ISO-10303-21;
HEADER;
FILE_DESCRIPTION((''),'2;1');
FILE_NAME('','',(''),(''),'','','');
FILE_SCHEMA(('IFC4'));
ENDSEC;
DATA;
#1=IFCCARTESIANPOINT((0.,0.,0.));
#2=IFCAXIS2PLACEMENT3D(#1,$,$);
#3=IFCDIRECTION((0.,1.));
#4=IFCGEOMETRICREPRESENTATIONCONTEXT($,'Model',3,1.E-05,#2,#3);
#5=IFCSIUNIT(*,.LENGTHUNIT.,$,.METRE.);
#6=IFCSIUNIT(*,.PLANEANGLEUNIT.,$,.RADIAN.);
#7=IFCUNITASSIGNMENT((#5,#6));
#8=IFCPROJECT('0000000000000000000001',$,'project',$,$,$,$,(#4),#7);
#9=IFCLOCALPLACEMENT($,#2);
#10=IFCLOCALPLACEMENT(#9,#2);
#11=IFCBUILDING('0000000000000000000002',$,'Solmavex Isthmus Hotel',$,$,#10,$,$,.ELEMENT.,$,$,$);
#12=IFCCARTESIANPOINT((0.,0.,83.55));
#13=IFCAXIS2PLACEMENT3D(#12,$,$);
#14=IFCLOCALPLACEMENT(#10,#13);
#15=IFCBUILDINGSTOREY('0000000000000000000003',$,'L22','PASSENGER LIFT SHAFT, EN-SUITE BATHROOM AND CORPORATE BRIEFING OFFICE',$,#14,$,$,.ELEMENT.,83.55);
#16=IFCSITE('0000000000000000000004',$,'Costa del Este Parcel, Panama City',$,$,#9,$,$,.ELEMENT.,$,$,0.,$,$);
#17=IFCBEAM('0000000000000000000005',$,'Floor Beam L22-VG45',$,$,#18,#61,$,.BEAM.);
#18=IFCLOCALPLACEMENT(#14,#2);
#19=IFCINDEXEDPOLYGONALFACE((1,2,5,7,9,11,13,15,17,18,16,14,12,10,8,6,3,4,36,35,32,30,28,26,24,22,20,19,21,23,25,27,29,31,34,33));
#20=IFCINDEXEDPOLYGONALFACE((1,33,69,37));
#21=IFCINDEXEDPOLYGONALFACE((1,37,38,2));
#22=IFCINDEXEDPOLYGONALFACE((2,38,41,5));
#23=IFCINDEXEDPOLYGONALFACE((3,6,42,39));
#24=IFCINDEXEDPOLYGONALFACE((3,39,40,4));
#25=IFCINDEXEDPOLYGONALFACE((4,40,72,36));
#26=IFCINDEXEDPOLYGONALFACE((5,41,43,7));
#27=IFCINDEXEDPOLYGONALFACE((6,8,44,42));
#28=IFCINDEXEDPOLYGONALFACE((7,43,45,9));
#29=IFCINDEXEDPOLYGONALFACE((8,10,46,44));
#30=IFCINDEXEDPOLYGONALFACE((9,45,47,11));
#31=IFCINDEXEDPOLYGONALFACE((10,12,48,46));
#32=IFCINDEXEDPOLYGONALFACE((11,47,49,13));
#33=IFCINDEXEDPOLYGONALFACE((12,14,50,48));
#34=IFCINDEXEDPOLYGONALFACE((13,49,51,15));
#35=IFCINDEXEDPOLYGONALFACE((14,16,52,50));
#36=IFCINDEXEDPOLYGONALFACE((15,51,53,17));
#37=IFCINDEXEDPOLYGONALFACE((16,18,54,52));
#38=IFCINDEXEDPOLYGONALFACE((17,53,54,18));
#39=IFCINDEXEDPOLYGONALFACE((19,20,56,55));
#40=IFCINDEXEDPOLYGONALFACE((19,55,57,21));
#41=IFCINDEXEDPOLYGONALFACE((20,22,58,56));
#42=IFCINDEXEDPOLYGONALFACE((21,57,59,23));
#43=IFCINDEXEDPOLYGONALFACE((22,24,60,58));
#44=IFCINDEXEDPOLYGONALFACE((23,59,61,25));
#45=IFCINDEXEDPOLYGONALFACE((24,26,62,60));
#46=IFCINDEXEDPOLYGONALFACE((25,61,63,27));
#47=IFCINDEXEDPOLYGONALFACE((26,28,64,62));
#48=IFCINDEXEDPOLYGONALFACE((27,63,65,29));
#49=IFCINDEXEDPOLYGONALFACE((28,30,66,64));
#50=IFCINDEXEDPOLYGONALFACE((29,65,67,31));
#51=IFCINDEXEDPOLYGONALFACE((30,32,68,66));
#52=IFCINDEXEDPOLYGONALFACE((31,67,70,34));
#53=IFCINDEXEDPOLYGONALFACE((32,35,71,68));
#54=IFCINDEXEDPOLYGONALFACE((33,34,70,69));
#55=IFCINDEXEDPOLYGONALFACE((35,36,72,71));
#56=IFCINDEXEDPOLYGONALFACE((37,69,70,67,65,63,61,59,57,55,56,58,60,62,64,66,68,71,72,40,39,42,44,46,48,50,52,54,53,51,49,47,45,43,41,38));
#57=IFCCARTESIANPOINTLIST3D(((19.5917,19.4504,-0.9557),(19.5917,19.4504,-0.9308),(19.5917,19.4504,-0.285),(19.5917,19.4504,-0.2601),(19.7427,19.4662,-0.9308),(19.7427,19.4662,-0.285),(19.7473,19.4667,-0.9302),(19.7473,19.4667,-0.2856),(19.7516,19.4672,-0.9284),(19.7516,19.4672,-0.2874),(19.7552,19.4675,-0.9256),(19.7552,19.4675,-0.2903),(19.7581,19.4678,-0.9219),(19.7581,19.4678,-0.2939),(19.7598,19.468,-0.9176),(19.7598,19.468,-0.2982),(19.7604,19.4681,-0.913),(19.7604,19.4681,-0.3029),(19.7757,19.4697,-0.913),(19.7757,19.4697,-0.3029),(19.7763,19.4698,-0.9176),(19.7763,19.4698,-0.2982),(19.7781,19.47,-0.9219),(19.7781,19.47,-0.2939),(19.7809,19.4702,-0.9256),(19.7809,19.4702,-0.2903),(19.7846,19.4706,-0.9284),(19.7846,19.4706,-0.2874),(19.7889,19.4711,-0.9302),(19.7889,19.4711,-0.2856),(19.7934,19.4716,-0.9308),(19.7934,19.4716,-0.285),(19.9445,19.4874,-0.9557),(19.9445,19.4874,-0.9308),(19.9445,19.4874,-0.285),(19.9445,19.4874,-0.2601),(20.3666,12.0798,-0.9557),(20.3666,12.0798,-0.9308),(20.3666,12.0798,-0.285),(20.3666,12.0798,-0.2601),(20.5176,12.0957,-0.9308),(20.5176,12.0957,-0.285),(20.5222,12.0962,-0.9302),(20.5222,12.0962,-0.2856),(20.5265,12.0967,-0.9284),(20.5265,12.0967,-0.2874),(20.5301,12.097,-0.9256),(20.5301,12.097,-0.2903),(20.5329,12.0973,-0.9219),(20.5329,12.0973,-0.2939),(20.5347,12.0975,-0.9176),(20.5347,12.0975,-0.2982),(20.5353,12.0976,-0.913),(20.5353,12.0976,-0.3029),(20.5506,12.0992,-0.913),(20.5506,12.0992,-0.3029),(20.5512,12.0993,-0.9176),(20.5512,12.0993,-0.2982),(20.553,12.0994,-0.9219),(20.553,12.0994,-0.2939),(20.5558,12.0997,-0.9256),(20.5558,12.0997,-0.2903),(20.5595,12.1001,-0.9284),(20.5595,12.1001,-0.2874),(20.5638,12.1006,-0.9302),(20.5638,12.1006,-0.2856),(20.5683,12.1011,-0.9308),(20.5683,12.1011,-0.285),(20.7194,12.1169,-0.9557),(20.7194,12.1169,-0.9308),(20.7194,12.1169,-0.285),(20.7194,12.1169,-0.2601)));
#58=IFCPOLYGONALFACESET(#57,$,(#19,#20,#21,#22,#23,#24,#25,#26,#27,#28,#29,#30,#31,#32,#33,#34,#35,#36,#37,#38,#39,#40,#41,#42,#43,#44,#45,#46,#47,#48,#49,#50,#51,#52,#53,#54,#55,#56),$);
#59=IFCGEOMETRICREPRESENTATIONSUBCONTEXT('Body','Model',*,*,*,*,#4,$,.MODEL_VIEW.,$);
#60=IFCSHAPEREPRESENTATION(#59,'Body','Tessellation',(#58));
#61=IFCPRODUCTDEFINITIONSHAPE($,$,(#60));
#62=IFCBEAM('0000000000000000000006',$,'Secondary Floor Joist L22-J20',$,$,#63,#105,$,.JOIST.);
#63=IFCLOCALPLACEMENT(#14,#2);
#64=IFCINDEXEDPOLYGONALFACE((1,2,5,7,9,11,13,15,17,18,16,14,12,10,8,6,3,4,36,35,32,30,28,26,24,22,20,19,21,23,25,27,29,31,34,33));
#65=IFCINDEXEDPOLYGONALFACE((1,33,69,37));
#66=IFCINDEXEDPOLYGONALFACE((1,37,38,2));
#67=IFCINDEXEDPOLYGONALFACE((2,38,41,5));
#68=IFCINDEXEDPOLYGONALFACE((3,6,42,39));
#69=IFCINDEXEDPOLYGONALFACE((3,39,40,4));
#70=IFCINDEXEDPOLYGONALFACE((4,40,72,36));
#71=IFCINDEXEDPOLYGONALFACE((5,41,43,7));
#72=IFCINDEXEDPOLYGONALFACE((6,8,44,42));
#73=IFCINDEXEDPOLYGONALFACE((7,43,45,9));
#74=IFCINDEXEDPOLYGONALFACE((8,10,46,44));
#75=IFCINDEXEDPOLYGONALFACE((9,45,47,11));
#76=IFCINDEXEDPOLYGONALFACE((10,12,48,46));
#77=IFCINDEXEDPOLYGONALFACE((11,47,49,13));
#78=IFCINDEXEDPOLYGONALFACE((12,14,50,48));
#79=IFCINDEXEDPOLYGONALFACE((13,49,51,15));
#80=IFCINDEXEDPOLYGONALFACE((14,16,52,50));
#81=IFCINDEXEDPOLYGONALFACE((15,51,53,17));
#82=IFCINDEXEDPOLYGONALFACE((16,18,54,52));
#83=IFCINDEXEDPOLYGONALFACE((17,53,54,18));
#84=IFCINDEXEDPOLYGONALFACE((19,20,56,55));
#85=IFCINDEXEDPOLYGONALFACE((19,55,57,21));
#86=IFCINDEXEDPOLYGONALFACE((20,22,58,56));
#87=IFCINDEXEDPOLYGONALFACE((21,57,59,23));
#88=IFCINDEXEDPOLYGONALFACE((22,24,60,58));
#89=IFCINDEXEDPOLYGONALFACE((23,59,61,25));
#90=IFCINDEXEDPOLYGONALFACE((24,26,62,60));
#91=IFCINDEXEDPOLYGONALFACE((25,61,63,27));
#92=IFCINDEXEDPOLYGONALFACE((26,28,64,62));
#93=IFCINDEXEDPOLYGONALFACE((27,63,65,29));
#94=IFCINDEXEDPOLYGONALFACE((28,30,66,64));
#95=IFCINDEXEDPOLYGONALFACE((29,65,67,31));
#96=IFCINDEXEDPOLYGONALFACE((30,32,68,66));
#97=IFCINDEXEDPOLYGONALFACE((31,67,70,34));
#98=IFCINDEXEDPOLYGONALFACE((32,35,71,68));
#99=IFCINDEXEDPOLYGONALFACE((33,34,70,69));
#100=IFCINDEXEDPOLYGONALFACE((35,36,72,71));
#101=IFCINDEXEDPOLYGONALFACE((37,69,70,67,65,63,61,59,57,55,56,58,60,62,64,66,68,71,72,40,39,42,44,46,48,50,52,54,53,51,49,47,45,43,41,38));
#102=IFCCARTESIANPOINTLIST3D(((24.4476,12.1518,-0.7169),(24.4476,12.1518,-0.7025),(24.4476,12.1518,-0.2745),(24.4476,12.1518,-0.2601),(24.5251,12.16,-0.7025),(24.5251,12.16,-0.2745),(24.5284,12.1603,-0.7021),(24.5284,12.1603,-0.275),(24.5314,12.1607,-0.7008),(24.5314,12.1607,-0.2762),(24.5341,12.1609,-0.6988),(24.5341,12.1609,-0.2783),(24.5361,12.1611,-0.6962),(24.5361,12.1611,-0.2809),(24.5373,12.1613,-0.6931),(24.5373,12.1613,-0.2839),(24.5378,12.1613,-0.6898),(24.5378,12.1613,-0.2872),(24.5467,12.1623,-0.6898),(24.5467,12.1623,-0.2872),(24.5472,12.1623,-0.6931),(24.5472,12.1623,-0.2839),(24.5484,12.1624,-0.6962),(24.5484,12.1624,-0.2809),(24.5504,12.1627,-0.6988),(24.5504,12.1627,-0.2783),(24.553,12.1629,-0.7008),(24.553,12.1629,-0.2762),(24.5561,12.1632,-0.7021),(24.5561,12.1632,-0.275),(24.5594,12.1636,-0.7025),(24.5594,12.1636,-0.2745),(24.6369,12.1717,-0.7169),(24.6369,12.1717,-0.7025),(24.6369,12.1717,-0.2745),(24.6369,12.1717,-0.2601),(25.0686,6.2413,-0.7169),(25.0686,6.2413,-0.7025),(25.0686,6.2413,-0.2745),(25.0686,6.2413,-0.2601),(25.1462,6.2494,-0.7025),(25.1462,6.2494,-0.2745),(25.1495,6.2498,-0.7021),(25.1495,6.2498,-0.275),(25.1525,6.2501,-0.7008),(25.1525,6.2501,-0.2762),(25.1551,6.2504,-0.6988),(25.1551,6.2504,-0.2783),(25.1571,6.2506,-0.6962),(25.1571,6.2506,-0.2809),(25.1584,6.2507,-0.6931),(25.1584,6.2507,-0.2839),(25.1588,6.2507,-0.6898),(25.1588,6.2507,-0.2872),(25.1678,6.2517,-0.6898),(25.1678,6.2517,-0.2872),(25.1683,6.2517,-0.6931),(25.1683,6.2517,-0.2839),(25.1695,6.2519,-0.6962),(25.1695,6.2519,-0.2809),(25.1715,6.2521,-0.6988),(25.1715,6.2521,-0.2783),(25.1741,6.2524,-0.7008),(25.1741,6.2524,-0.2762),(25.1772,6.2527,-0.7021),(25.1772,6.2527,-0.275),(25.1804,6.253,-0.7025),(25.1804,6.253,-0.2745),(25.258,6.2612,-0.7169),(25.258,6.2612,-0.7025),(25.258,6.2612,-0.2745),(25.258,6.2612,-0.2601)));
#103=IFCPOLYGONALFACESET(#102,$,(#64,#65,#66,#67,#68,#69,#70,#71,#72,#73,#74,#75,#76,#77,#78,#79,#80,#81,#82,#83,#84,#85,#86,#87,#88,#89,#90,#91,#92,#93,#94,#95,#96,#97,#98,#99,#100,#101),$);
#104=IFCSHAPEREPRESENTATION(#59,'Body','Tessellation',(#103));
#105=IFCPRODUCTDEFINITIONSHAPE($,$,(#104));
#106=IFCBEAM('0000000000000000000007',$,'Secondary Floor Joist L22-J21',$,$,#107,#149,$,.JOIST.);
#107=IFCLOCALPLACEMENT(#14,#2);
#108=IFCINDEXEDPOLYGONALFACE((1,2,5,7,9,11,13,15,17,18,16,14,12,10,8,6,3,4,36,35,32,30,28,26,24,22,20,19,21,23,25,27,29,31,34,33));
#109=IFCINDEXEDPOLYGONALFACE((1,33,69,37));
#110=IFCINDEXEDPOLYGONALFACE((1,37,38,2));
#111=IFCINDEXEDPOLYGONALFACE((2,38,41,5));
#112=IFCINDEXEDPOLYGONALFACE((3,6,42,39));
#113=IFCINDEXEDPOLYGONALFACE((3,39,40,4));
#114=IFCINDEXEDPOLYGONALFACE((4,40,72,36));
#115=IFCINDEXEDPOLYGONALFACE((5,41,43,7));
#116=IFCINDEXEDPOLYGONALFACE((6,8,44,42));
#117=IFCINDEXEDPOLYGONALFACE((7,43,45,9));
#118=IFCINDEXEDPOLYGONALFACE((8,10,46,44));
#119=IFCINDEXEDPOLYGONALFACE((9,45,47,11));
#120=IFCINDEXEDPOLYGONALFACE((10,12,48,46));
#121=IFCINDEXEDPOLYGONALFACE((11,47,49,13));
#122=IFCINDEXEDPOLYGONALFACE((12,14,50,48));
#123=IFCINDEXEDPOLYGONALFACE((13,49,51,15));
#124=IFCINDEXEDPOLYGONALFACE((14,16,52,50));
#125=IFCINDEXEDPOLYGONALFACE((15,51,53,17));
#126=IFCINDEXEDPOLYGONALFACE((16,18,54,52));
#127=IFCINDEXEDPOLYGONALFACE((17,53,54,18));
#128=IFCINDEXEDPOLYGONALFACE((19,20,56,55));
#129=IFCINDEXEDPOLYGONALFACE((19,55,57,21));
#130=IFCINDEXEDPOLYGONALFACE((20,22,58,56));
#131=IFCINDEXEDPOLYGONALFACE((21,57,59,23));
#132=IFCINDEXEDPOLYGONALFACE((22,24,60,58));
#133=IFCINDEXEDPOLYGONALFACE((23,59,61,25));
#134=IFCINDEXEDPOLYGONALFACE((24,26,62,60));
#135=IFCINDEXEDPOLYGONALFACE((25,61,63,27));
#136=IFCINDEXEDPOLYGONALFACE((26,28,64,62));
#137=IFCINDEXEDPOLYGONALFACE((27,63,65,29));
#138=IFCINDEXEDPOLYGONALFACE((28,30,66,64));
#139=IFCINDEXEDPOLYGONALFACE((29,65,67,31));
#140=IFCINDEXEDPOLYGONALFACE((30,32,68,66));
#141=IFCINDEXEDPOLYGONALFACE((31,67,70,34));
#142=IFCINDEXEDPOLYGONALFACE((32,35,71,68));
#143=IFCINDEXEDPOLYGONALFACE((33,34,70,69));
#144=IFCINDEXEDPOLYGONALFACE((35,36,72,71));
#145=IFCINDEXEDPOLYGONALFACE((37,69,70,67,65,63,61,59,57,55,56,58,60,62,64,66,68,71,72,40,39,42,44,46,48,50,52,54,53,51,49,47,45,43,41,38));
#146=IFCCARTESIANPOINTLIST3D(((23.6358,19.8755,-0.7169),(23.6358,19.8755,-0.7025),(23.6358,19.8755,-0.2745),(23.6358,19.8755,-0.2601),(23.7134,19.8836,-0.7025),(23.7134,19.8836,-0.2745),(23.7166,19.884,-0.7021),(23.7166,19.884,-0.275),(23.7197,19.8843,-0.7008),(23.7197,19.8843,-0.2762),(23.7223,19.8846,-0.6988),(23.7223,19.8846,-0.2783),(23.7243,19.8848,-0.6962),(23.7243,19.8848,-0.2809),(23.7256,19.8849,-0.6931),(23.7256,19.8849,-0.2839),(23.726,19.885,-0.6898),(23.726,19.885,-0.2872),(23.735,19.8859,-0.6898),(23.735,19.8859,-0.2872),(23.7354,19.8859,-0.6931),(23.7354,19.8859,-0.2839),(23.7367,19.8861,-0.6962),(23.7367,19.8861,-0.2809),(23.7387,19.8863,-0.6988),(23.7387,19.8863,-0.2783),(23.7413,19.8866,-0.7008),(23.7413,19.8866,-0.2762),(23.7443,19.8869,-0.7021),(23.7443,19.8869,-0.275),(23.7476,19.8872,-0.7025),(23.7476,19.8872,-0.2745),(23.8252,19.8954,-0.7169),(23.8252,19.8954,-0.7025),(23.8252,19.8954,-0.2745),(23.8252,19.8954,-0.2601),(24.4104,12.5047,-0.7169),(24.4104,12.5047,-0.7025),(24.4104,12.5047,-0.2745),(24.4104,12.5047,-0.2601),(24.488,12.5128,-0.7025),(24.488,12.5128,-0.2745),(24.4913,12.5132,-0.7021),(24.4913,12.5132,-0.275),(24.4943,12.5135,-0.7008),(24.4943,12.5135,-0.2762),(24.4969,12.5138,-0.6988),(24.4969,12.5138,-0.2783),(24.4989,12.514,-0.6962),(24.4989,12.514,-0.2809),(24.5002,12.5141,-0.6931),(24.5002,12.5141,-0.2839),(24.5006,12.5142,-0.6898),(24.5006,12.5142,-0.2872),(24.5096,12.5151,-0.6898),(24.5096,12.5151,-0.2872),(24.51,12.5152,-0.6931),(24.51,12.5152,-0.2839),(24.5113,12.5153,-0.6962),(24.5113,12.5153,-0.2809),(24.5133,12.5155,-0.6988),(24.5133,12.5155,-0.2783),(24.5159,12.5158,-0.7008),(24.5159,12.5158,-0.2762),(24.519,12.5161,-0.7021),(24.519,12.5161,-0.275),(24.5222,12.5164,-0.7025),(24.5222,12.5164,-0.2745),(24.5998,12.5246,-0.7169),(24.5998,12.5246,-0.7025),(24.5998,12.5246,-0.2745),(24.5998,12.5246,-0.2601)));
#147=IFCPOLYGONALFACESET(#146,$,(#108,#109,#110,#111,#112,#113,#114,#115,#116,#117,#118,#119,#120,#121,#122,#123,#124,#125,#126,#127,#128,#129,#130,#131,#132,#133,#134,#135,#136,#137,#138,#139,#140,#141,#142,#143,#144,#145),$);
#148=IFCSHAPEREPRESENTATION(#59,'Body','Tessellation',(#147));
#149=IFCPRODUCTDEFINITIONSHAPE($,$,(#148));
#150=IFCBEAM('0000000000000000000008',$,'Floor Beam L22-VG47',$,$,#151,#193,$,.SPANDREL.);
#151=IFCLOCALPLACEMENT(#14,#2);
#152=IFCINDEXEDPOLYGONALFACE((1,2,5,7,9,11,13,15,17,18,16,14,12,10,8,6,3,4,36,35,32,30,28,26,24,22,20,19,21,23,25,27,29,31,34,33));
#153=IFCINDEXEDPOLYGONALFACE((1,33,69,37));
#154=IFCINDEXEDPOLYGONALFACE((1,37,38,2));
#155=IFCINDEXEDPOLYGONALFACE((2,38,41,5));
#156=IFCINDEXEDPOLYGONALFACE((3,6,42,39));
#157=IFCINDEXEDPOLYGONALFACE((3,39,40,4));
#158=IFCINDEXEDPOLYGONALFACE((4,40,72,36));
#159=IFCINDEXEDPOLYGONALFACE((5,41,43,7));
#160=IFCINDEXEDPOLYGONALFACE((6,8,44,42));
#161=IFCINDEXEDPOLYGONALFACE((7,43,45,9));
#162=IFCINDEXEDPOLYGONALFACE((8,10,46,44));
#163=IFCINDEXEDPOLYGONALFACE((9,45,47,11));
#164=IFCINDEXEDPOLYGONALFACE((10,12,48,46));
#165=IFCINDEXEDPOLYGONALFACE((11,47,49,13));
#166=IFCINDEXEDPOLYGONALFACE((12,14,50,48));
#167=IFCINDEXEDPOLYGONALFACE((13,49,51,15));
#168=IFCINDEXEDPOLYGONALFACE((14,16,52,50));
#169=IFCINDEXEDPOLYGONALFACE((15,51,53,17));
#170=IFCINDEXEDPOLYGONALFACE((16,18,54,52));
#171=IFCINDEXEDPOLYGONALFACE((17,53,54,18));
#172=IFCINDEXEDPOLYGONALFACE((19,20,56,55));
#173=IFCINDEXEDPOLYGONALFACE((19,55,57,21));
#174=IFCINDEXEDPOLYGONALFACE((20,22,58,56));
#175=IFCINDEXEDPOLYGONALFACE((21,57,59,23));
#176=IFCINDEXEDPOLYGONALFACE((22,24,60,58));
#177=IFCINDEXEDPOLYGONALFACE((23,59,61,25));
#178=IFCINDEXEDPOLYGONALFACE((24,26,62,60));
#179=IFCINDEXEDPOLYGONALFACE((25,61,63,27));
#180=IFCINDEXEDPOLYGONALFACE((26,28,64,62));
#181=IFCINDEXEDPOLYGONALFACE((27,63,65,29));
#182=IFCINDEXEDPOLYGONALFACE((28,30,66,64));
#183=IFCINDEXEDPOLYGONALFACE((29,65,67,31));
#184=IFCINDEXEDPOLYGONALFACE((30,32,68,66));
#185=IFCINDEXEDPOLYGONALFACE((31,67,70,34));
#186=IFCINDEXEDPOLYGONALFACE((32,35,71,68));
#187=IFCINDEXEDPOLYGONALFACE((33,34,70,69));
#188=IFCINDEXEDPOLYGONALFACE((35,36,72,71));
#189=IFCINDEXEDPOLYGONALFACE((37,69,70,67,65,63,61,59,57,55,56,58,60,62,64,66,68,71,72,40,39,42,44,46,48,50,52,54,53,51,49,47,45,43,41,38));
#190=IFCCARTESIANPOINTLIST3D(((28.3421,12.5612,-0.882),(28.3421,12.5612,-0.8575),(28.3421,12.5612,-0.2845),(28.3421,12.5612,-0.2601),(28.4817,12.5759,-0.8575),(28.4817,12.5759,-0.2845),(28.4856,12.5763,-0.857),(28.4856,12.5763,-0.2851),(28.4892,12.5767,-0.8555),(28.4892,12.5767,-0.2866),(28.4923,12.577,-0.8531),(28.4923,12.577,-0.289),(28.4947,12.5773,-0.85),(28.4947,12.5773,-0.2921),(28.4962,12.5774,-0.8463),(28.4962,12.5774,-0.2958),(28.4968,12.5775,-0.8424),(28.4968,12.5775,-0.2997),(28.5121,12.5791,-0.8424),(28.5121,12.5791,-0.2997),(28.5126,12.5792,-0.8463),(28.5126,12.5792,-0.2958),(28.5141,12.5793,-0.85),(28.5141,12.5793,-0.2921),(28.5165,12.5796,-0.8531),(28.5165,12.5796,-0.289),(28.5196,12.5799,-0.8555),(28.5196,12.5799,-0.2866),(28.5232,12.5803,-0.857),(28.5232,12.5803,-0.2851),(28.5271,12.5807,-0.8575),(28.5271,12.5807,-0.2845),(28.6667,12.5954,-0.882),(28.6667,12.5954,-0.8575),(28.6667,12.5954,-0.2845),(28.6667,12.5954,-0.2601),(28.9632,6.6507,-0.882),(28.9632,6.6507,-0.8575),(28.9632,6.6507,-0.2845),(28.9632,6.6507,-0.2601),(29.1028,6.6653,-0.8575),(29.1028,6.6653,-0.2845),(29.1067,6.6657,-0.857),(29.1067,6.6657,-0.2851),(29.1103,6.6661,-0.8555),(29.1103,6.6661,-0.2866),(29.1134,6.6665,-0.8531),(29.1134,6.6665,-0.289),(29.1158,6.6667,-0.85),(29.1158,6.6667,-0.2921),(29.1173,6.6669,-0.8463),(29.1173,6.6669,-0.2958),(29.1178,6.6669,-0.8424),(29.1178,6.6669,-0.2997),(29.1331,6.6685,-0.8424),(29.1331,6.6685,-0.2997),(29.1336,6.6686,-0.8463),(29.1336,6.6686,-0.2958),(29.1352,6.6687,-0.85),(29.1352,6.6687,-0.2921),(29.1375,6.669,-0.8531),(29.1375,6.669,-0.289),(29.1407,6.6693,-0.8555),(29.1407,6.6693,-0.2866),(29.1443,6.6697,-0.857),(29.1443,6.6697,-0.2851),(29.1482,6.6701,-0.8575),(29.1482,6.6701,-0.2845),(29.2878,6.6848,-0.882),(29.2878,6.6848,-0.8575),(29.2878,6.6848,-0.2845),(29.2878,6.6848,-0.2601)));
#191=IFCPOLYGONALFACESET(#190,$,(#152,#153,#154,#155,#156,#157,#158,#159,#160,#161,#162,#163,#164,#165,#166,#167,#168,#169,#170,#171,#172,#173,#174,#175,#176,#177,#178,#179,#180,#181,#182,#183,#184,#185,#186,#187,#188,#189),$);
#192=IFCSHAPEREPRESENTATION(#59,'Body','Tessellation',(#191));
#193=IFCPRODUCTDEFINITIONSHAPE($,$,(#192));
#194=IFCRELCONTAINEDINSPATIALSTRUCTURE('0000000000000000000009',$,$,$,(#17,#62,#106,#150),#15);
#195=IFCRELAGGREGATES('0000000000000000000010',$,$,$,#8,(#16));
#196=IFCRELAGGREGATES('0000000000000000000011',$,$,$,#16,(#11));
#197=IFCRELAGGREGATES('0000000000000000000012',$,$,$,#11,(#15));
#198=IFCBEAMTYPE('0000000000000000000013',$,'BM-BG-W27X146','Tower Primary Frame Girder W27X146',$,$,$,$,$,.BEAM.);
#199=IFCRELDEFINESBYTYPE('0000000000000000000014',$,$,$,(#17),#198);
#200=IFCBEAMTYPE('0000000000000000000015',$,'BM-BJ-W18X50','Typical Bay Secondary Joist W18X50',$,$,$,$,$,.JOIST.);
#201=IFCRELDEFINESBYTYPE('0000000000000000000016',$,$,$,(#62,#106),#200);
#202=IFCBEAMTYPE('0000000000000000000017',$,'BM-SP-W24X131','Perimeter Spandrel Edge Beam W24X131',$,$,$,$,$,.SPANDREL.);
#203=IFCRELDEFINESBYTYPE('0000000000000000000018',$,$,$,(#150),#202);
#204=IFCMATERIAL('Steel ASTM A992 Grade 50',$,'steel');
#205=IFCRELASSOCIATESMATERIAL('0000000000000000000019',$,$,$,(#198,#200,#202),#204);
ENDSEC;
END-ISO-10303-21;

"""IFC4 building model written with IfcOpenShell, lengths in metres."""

from ifc_helpers import new_model, si_unit, direction, frame, origin, origin_2d, place, context, subcontext, project, spatial, i_section, extrude, material, material_profile, profile_set, type_object, element, save


model = new_model("IFC4")

# Units and contexts
model_context = context("Model", 3, precision=1e-05, world=origin(), true_north=direction((0.0, 1.0)))
body_context = subcontext(model_context, "Body", "Model", "MODEL_VIEW")
ifc_project = project(units=[si_unit("LENGTHUNIT", "METRE"), si_unit("PLANEANGLEUNIT", "RADIAN")], contexts=[model_context])

# Site, building, storey
site_placement = place(None, origin())
site = spatial("IfcSite", under=ifc_project, at=site_placement, Name="Costa del Este Parcel, Panama City", CompositionType="ELEMENT", RefElevation=0.0)
building_placement = place(site_placement, origin())
building = spatial("IfcBuilding", under=site, at=building_placement, Name="Solmavex Isthmus Hotel", CompositionType="ELEMENT")
storey_placement = place(building_placement, frame((0.0, 0.0, 83.55)))
storey = spatial("IfcBuildingStorey", under=building, at=storey_placement, Name="L22", Description="PASSENGER LIFT SHAFT, EN-SUITE BATHROOM AND CORPORATE BRIEFING OFFICE", CompositionType="ELEMENT", Elevation=83.55)

# Beams
ifc_material_1 = material(Name="Steel ASTM A992 Grade 50", Category="steel")
ifc_material_profile_1 = material_profile(ifc_material_1, i_section(OverallWidth=0.3547, OverallDepth=0.6956, WebThickness=0.0154, FlangeThickness=0.0249, FilletRadius=0.0178, at=origin_2d()), Name="W27X146")
ifc_profile_set_1 = profile_set([ifc_material_profile_1], Name="Steel ASTM A992 Grade 50")
beam_type_1 = type_object("IfcBeamType", Name="BM-BG-W27X146", Description="Tower Primary Frame Girder W27X146", PredefinedType="BEAM", material=ifc_profile_set_1)
beam_1_placement = place(storey_placement, frame((20.543, 12.0984, -0.6079), z_axis=(-0.104558, 0.994519, 0.0), x_axis=(-0.994519, -0.104558, 0.0)))
element("IfcBeam", 1, at=beam_1_placement, inside=storey, type_object=beam_type_1, Name="Floor Beam L22-VG45", PredefinedType="BEAM", context=body_context, shape_type="SweptSolid", body=[
    extrude(i_section(OverallWidth=0.3547, OverallDepth=0.6956, WebThickness=0.0154, FlangeThickness=0.0249, FilletRadius=0.0178, at=origin_2d()), origin(), (0.0, 0.0, 1.0), 7.4111),
])
ifc_material_profile_2 = material_profile(ifc_material_1, i_section(OverallWidth=0.1904, OverallDepth=0.4568, WebThickness=0.009, FlangeThickness=0.0144, FilletRadius=0.0127, at=origin_2d()), Name="W18X50")
ifc_profile_set_2 = profile_set([ifc_material_profile_2], Name="Steel ASTM A992 Grade 50")
beam_type_2 = type_object("IfcBeamType", Name="BM-BJ-W18X50", Description="Typical Bay Secondary Joist W18X50", PredefinedType="JOIST", material=ifc_profile_set_2)
beam_2_placement = place(storey_placement, frame((25.1633, 6.2512, -0.4885), z_axis=(-0.104505, 0.994524, 0.0), x_axis=(-0.994524, -0.104505, 0.0)))
element("IfcBeam", 2, at=beam_2_placement, inside=storey, type_object=beam_type_2, Name="Secondary Floor Joist L22-J20", PredefinedType="JOIST", context=body_context, shape_type="SweptSolid", body=[
    extrude(i_section(OverallWidth=0.1904, OverallDepth=0.4568, WebThickness=0.009, FlangeThickness=0.0144, FilletRadius=0.0127, at=origin_2d()), origin(), (0.0, 0.0, 1.0), 5.9431),
])
beam_3_placement = place(storey_placement, frame((24.5051, 12.5146, -0.4885), z_axis=(-0.104522, 0.994523, 0.0), x_axis=(-0.994523, -0.104522, 0.0)))
element("IfcBeam", 3, at=beam_3_placement, inside=storey, type_object=beam_type_2, Name="Secondary Floor Joist L22-J21", PredefinedType="JOIST", context=body_context, shape_type="SweptSolid", body=[
    extrude(i_section(OverallWidth=0.1904, OverallDepth=0.4568, WebThickness=0.009, FlangeThickness=0.0144, FilletRadius=0.0127, at=origin_2d()), origin(), (0.0, 0.0, 1.0), 7.4114),
])
ifc_material_profile_3 = material_profile(ifc_material_1, i_section(OverallWidth=0.3264, OverallDepth=0.6218, WebThickness=0.0154, FlangeThickness=0.0244, FilletRadius=0.0151, at=origin_2d()), Name="W24X131")
ifc_profile_set_3 = profile_set([ifc_material_profile_3], Name="Steel ASTM A992 Grade 50")
beam_type_3 = type_object("IfcBeamType", Name="BM-SP-W24X131", Description="Perimeter Spandrel Edge Beam W24X131", PredefinedType="SPANDREL", material=ifc_profile_set_3)
beam_4_placement = place(storey_placement, frame((29.1255, 6.6677, -0.571), z_axis=(-0.104505, 0.994524, 0.0), x_axis=(-0.994524, -0.104505, 0.0)))
element("IfcBeam", 4, at=beam_4_placement, inside=storey, type_object=beam_type_3, Name="Floor Beam L22-VG47", PredefinedType="SPANDREL", context=body_context, shape_type="SweptSolid", body=[
    extrude(i_section(OverallWidth=0.3264, OverallDepth=0.6218, WebThickness=0.0154, FlangeThickness=0.0244, FilletRadius=0.0151, at=origin_2d()), origin(), (0.0, 0.0, 1.0), 5.9431),
])

save(model, "model.ifc")
